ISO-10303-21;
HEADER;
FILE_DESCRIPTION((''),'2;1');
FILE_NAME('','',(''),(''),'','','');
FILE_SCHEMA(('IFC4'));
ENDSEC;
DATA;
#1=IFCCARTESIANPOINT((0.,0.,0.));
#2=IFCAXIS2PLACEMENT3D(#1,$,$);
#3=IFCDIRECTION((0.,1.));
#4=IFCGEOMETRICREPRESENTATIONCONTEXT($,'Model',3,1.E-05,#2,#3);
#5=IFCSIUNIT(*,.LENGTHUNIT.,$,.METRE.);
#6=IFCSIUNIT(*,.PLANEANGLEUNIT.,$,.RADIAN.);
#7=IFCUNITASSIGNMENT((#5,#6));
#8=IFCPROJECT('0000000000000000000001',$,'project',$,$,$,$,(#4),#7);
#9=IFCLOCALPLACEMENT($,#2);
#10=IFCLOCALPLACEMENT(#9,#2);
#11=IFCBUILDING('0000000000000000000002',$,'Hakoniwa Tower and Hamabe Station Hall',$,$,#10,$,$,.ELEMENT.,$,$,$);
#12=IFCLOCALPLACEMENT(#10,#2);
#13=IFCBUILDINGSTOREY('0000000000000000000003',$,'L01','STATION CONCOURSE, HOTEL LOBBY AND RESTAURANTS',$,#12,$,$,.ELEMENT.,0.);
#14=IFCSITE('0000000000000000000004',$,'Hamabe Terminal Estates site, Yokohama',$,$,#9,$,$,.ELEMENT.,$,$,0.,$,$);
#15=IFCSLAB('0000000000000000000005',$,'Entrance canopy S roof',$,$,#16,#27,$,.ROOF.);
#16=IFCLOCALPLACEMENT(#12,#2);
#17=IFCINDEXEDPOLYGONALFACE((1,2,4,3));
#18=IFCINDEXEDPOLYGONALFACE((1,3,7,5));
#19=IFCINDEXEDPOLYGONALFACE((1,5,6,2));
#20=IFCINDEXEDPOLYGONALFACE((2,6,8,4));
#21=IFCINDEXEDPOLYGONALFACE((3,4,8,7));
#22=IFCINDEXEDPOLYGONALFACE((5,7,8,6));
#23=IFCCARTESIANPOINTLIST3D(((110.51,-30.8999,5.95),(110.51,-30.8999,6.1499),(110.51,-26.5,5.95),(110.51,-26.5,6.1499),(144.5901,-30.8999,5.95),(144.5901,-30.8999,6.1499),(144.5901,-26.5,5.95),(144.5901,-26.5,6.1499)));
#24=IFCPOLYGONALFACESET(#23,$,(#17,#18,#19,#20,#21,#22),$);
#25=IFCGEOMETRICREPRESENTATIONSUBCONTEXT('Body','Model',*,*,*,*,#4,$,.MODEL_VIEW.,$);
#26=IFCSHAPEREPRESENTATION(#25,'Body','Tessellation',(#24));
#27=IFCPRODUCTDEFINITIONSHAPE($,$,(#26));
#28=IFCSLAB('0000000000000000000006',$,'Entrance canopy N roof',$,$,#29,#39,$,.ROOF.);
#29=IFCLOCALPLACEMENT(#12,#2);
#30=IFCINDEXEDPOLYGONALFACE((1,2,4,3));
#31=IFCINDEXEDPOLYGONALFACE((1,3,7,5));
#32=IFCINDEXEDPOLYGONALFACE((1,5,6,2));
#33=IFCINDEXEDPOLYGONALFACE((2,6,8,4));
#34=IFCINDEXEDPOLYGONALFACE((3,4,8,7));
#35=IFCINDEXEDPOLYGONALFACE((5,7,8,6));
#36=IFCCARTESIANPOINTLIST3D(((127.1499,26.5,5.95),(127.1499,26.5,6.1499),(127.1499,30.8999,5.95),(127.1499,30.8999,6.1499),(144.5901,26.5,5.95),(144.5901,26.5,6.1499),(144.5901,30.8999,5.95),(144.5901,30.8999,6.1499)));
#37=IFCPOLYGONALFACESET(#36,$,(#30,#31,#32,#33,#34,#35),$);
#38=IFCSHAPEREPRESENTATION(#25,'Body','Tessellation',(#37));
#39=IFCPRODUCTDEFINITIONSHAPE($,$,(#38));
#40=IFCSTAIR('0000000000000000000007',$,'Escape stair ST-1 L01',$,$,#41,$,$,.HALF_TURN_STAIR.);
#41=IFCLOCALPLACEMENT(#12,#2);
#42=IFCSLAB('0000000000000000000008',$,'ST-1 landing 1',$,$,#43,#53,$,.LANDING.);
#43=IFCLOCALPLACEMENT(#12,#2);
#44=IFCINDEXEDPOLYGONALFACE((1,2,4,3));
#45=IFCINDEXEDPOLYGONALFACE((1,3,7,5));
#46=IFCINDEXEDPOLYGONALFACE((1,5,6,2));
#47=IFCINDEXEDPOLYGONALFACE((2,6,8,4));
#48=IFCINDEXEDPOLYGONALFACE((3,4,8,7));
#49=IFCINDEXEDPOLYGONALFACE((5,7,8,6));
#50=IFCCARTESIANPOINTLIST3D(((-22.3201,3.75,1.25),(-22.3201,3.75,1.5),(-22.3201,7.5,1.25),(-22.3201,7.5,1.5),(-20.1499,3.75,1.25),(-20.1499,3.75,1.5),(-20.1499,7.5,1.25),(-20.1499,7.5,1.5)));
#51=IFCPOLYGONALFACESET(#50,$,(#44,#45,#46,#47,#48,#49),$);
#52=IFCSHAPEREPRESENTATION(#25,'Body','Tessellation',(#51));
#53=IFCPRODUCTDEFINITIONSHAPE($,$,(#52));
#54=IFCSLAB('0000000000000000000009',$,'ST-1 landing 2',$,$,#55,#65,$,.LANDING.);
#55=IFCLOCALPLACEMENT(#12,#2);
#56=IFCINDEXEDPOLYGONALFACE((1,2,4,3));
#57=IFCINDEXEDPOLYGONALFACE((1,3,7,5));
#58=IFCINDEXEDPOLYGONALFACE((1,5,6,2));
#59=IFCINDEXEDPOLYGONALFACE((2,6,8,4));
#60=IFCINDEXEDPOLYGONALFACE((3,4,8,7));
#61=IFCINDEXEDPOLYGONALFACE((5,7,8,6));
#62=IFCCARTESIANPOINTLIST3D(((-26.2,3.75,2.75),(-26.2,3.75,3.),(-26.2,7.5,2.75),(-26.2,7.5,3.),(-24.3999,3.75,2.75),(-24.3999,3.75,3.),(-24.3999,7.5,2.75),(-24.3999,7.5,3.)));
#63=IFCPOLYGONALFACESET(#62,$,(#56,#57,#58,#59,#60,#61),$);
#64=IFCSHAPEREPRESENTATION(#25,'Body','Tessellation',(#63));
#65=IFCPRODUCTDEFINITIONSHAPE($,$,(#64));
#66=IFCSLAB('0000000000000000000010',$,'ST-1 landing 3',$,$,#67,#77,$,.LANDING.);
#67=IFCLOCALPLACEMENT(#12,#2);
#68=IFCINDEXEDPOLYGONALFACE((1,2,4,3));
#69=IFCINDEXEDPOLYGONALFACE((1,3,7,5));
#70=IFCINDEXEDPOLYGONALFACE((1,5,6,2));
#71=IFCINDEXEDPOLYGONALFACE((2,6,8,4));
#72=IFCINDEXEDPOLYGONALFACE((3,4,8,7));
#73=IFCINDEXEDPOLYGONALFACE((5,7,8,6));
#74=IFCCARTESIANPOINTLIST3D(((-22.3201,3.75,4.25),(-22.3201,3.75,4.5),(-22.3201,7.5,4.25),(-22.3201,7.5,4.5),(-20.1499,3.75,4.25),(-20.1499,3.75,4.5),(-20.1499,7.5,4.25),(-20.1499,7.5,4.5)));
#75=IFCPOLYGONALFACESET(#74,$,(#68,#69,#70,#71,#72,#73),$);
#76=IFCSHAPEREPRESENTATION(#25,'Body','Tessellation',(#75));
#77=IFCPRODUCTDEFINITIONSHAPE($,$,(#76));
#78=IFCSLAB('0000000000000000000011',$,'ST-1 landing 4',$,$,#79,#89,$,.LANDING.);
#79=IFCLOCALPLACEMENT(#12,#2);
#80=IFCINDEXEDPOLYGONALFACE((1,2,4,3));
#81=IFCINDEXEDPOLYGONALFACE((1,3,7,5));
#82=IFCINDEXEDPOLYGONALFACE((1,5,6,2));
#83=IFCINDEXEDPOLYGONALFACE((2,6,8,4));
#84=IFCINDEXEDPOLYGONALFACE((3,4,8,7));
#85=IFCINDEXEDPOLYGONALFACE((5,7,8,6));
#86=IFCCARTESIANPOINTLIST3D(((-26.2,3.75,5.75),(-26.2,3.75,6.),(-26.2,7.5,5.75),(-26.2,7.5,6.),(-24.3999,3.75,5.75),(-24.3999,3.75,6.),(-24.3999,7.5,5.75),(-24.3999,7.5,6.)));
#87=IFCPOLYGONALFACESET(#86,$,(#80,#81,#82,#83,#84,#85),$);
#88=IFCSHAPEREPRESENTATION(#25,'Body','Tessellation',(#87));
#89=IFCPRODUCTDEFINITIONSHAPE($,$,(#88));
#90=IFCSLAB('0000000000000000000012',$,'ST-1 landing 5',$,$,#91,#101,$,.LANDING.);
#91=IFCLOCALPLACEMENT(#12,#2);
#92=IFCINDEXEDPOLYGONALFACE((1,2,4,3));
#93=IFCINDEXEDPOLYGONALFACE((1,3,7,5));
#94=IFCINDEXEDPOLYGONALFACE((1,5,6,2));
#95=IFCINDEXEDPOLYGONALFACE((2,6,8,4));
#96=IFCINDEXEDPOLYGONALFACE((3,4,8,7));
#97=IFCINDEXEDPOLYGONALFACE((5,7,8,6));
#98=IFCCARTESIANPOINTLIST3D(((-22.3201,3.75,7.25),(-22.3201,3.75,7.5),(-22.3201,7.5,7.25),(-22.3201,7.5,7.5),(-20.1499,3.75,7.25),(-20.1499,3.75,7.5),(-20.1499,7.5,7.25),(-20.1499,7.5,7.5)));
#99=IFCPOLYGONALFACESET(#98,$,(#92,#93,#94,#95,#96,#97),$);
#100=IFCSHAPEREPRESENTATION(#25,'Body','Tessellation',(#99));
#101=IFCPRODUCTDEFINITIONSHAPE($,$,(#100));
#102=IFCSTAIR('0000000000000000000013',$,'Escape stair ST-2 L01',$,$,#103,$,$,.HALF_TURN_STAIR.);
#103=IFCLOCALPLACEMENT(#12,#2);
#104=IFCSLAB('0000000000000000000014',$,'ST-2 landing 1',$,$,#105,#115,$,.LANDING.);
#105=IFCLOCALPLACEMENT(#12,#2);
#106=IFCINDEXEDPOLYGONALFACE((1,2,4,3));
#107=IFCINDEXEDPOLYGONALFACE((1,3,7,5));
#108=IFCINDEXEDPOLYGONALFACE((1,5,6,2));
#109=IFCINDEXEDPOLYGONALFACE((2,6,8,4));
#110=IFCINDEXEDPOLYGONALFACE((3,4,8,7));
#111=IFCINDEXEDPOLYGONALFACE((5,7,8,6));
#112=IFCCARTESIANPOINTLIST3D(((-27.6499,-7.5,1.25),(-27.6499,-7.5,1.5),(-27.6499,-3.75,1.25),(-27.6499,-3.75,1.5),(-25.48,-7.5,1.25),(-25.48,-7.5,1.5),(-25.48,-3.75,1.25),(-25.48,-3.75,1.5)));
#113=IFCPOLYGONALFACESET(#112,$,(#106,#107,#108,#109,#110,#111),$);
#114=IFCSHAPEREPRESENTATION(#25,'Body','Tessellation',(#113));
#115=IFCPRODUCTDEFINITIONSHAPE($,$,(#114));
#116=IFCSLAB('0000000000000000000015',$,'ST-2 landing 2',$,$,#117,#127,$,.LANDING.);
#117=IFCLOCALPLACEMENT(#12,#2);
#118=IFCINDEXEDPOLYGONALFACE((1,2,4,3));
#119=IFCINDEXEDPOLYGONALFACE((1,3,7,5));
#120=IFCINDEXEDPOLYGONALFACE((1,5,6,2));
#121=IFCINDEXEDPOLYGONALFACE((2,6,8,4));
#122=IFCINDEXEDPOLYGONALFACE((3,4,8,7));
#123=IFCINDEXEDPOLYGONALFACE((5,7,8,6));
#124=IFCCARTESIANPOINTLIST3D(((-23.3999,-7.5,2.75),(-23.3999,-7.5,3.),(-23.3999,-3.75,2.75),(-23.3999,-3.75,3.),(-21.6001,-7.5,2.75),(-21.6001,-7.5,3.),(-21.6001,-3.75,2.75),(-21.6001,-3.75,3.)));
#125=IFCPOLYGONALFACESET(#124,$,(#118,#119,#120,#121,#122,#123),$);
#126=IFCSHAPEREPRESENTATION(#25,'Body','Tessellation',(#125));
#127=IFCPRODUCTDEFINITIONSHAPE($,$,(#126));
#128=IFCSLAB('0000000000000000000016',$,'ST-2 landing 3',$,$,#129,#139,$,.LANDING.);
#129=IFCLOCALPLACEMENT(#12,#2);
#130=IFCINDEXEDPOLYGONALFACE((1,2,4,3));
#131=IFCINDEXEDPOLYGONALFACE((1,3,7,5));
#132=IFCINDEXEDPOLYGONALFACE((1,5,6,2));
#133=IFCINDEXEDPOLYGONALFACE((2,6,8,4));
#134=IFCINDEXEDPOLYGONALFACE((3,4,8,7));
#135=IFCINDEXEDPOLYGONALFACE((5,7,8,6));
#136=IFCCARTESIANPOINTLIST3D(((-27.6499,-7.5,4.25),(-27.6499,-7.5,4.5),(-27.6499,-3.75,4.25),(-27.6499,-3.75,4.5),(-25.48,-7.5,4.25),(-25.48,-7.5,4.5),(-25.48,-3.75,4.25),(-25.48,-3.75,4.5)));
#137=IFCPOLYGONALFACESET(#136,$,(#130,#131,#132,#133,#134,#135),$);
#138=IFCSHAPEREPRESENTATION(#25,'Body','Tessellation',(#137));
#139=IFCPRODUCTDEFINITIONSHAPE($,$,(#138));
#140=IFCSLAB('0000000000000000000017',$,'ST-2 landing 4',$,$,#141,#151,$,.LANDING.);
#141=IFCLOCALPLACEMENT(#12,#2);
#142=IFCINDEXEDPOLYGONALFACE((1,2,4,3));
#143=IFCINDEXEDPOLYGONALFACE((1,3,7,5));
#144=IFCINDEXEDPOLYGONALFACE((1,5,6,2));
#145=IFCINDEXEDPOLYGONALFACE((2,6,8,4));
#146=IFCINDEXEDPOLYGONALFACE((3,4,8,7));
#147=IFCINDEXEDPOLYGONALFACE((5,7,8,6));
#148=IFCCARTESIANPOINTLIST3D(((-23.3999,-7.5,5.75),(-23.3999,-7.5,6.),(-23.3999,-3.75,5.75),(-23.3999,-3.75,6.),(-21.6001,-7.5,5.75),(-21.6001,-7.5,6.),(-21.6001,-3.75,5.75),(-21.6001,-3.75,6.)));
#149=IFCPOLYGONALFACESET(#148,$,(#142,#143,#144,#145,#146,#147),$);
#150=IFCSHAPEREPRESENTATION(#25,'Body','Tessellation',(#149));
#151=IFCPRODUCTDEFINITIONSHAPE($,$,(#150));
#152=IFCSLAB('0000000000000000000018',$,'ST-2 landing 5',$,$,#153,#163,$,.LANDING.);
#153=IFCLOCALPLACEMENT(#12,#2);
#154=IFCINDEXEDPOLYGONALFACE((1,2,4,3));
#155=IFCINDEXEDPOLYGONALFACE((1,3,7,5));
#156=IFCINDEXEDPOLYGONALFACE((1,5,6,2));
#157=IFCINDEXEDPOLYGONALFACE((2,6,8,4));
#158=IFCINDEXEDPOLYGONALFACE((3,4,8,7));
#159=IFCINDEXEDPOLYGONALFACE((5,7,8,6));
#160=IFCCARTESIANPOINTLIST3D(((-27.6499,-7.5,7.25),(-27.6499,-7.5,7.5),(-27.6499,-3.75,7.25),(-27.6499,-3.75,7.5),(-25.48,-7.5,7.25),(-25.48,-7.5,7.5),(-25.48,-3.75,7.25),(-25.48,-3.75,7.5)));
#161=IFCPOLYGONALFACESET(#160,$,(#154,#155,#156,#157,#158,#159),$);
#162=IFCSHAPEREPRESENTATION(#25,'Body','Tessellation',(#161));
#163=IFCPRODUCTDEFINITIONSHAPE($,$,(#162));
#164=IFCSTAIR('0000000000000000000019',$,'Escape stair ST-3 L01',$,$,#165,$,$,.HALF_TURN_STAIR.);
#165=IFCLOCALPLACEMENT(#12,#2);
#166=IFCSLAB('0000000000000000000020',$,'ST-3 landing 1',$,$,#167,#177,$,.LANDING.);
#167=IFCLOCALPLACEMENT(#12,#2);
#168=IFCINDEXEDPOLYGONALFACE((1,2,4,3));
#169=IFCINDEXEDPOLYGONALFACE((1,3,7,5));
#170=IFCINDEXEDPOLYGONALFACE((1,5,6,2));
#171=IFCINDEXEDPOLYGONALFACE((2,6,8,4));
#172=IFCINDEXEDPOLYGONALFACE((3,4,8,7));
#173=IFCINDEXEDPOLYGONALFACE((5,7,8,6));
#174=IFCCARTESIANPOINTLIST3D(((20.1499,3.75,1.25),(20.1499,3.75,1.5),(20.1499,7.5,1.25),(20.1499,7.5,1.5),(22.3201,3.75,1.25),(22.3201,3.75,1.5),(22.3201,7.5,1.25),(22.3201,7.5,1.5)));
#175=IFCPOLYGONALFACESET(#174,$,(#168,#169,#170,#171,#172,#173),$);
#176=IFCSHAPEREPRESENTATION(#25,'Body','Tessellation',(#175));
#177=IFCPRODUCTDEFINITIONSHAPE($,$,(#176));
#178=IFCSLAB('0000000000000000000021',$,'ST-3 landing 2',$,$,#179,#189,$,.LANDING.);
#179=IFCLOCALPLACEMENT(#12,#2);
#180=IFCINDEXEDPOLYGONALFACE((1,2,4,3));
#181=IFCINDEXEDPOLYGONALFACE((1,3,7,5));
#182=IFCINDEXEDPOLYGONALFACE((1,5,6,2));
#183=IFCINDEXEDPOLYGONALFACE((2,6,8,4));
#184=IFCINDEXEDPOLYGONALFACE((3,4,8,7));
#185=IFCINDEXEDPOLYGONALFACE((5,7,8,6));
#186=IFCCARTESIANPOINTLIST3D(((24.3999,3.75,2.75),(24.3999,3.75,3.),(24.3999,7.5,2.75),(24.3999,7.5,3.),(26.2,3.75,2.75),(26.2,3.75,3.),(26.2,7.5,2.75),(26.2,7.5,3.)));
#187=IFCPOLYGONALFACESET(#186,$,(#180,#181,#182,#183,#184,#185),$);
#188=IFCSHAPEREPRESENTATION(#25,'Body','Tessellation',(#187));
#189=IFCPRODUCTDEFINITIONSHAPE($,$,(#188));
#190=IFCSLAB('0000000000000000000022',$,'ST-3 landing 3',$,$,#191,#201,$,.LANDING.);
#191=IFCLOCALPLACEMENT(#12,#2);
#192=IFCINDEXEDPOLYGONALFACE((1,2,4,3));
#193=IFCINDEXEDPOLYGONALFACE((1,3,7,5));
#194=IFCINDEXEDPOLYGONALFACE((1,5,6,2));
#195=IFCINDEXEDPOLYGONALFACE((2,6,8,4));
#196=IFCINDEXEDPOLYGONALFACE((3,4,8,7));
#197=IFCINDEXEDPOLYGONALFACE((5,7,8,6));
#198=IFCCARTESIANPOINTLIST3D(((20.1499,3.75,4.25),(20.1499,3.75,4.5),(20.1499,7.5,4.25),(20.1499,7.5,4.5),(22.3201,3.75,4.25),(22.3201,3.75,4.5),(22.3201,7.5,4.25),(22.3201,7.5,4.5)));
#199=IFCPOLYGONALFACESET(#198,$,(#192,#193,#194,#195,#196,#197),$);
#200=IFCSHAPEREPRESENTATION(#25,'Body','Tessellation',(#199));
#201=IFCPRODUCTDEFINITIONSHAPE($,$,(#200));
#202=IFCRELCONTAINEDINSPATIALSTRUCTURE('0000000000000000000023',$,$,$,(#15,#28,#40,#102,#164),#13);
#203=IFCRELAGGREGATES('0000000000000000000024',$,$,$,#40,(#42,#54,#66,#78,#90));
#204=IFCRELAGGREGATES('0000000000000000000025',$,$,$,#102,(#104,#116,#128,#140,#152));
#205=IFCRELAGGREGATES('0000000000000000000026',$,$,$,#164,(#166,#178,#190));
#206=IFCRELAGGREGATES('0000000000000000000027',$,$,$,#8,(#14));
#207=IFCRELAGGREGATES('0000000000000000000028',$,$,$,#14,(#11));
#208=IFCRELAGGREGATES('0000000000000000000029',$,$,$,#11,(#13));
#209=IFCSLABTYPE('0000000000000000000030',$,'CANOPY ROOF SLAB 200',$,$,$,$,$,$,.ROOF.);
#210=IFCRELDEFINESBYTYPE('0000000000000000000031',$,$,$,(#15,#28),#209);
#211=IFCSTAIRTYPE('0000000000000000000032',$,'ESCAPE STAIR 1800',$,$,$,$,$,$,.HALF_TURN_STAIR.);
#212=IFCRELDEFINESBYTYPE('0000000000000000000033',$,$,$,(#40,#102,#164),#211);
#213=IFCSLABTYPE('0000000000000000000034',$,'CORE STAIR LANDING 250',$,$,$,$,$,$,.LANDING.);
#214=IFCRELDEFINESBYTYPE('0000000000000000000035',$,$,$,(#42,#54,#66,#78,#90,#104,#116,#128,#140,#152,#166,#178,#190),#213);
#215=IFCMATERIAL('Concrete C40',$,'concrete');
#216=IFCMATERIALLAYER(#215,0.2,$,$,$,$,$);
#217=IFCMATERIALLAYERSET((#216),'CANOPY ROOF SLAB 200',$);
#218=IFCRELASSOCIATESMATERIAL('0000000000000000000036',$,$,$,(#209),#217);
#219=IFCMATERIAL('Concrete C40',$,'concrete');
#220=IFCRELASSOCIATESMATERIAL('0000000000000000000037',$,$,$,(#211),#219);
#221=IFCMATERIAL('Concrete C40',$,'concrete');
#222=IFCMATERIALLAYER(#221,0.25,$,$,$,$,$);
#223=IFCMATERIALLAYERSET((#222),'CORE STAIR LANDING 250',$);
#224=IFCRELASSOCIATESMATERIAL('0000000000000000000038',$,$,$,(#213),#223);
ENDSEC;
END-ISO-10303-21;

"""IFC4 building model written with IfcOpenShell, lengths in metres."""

from ifc_helpers import new_model, si_unit, direction, frame, origin, place, context, subcontext, project, spatial, polyline, outline, extrude, material, layer, layer_set, type_object, element, aggregate, save


model = new_model("IFC4")

# Units and contexts
model_context = context("Model", 3, precision=1e-05, world=origin(), true_north=direction((0.0, 1.0)))
body_context = subcontext(model_context, "Body", "Model", "MODEL_VIEW")
ifc_project = project(units=[si_unit("LENGTHUNIT", "METRE"), si_unit("PLANEANGLEUNIT", "RADIAN")], contexts=[model_context])

# Site, building, storey
site_placement = place(None, origin())
site = spatial("IfcSite", under=ifc_project, at=site_placement, Name="Hamabe Terminal Estates site, Yokohama", CompositionType="ELEMENT", RefElevation=0.0)
building_placement = place(site_placement, origin())
building = spatial("IfcBuilding", under=site, at=building_placement, Name="Hakoniwa Tower and Hamabe Station Hall", CompositionType="ELEMENT")
storey_placement = place(building_placement, origin())
storey = spatial("IfcBuildingStorey", under=building, at=storey_placement, Name="L01", Description="STATION CONCOURSE, HOTEL LOBBY AND RESTAURANTS", CompositionType="ELEMENT", Elevation=0.0)

# Slabs
ifc_material_1 = material(Name="Concrete C40", Category="concrete")
ifc_layer_1 = layer(ifc_material_1, 0.2)
ifc_layer_set_1 = layer_set([ifc_layer_1], Name="CANOPY ROOF SLAB 200")
slab_type_1 = type_object("IfcSlabType", Name="CANOPY ROOF SLAB 200", PredefinedType="ROOF", material=ifc_layer_set_1)
slab_1_placement = place(storey_placement, frame((0.0, 0.0, 5.95)))
element("IfcSlab", 1, at=slab_1_placement, inside=storey, type_object=slab_type_1, Name="Entrance canopy S roof", PredefinedType="ROOF", context=body_context, shape_type="SweptSolid", body=[
    extrude(outline(polyline([(144.5901, -30.8999), (144.5901, -26.5), (110.51, -26.5), (110.51, -30.8999), (144.5901, -30.8999)])), origin(), (0.0, 0.0, 1.0), 0.2),
])
slab_2_placement = place(storey_placement, frame((0.0, 0.0, 5.95)))
element("IfcSlab", 2, at=slab_2_placement, inside=storey, type_object=slab_type_1, Name="Entrance canopy N roof", PredefinedType="ROOF", context=body_context, shape_type="SweptSolid", body=[
    extrude(outline(polyline([(144.5901, 26.5), (144.5901, 30.8999), (127.1499, 30.8999), (127.1499, 26.5), (144.5901, 26.5)])), origin(), (0.0, 0.0, 1.0), 0.2),
])

# Stairs, slabs
ifc_material_2 = material(Name="Concrete C40", Category="concrete")
stair_type_1 = type_object("IfcStairType", Name="ESCAPE STAIR 1800", PredefinedType="HALF_TURN_STAIR", material=ifc_material_2)
stair_1_placement = place(storey_placement, origin())
stair_1 = element("IfcStair", 3, at=stair_1_placement, inside=storey, type_object=stair_type_1, Name="Escape stair ST-1 L01", PredefinedType="HALF_TURN_STAIR")
ifc_material_3 = material(Name="Concrete C40", Category="concrete")
ifc_layer_2 = layer(ifc_material_3, 0.25)
ifc_layer_set_2 = layer_set([ifc_layer_2], Name="CORE STAIR LANDING 250")
slab_type_2 = type_object("IfcSlabType", Name="CORE STAIR LANDING 250", PredefinedType="LANDING", material=ifc_layer_set_2)
slab_3_placement = place(storey_placement, frame((0.0, 0.0, 1.25)))
slab_3 = element("IfcSlab", 4, at=slab_3_placement, type_object=slab_type_2, Name="ST-1 landing 1", PredefinedType="LANDING", context=body_context, shape_type="SweptSolid", body=[
    extrude(outline(polyline([(-22.3201, 3.75), (-20.1499, 3.75), (-20.1499, 7.5), (-22.3201, 7.5), (-22.3201, 3.75)])), origin(), (0.0, 0.0, 1.0), 0.25),
])
slab_4_placement = place(storey_placement, frame((0.0, 0.0, 2.75)))
slab_4 = element("IfcSlab", 5, at=slab_4_placement, type_object=slab_type_2, Name="ST-1 landing 2", PredefinedType="LANDING", context=body_context, shape_type="SweptSolid", body=[
    extrude(outline(polyline([(-26.2, 3.75), (-24.3999, 3.75), (-24.3999, 7.5), (-26.2, 7.5), (-26.2, 3.75)])), origin(), (0.0, 0.0, 1.0), 0.25),
])
slab_5_placement = place(storey_placement, frame((0.0, 0.0, 4.25)))
slab_5 = element("IfcSlab", 6, at=slab_5_placement, type_object=slab_type_2, Name="ST-1 landing 3", PredefinedType="LANDING", context=body_context, shape_type="SweptSolid", body=[
    extrude(outline(polyline([(-22.3201, 3.75), (-20.1499, 3.75), (-20.1499, 7.5), (-22.3201, 7.5), (-22.3201, 3.75)])), origin(), (0.0, 0.0, 1.0), 0.25),
])
slab_6_placement = place(storey_placement, frame((0.0, 0.0, 5.75)))
slab_6 = element("IfcSlab", 7, at=slab_6_placement, type_object=slab_type_2, Name="ST-1 landing 4", PredefinedType="LANDING", context=body_context, shape_type="SweptSolid", body=[
    extrude(outline(polyline([(-26.2, 3.75), (-24.3999, 3.75), (-24.3999, 7.5), (-26.2, 7.5), (-26.2, 3.75)])), origin(), (0.0, 0.0, 1.0), 0.25),
])
slab_7_placement = place(storey_placement, frame((0.0, 0.0, 7.25)))
slab_7 = element("IfcSlab", 8, at=slab_7_placement, type_object=slab_type_2, Name="ST-1 landing 5", PredefinedType="LANDING", context=body_context, shape_type="SweptSolid", body=[
    extrude(outline(polyline([(-22.3201, 3.75), (-20.1499, 3.75), (-20.1499, 7.5), (-22.3201, 7.5), (-22.3201, 3.75)])), origin(), (0.0, 0.0, 1.0), 0.25),
])
aggregate(stair_1, [slab_3, slab_4, slab_5, slab_6, slab_7])
stair_2_placement = place(storey_placement, origin())
stair_2 = element("IfcStair", 9, at=stair_2_placement, inside=storey, type_object=stair_type_1, Name="Escape stair ST-2 L01", PredefinedType="HALF_TURN_STAIR")
slab_8_placement = place(storey_placement, frame((0.0, 0.0, 1.25)))
slab_8 = element("IfcSlab", 10, at=slab_8_placement, type_object=slab_type_2, Name="ST-2 landing 1", PredefinedType="LANDING", context=body_context, shape_type="SweptSolid", body=[
    extrude(outline(polyline([(-25.48, -7.5), (-27.6499, -7.5), (-27.6499, -3.75), (-25.48, -3.75), (-25.48, -7.5)])), origin(), (0.0, 0.0, 1.0), 0.25),
])
slab_9_placement = place(storey_placement, frame((0.0, 0.0, 2.75)))
slab_9 = element("IfcSlab", 11, at=slab_9_placement, type_object=slab_type_2, Name="ST-2 landing 2", PredefinedType="LANDING", context=body_context, shape_type="SweptSolid", body=[
    extrude(outline(polyline([(-21.6001, -7.5), (-23.3999, -7.5), (-23.3999, -3.75), (-21.6001, -3.75), (-21.6001, -7.5)])), origin(), (0.0, 0.0, 1.0), 0.25),
])
slab_10_placement = place(storey_placement, frame((0.0, 0.0, 4.25)))
slab_10 = element("IfcSlab", 12, at=slab_10_placement, type_object=slab_type_2, Name="ST-2 landing 3", PredefinedType="LANDING", context=body_context, shape_type="SweptSolid", body=[
    extrude(outline(polyline([(-25.48, -7.5), (-27.6499, -7.5), (-27.6499, -3.75), (-25.48, -3.75), (-25.48, -7.5)])), origin(), (0.0, 0.0, 1.0), 0.25),
])
slab_11_placement = place(storey_placement, frame((0.0, 0.0, 5.75)))
slab_11 = element("IfcSlab", 13, at=slab_11_placement, type_object=slab_type_2, Name="ST-2 landing 4", PredefinedType="LANDING", context=body_context, shape_type="SweptSolid", body=[
    extrude(outline(polyline([(-21.6001, -7.5), (-23.3999, -7.5), (-23.3999, -3.75), (-21.6001, -3.75), (-21.6001, -7.5)])), origin(), (0.0, 0.0, 1.0), 0.25),
])
slab_12_placement = place(storey_placement, frame((0.0, 0.0, 7.25)))
slab_12 = element("IfcSlab", 14, at=slab_12_placement, type_object=slab_type_2, Name="ST-2 landing 5", PredefinedType="LANDING", context=body_context, shape_type="SweptSolid", body=[
    extrude(outline(polyline([(-25.48, -7.5), (-27.6499, -7.5), (-27.6499, -3.75), (-25.48, -3.75), (-25.48, -7.5)])), origin(), (0.0, 0.0, 1.0), 0.25),
])
aggregate(stair_2, [slab_8, slab_9, slab_10, slab_11, slab_12])
stair_3_placement = place(storey_placement, origin())
stair_3 = element("IfcStair", 15, at=stair_3_placement, inside=storey, type_object=stair_type_1, Name="Escape stair ST-3 L01", PredefinedType="HALF_TURN_STAIR")
slab_13_placement = place(storey_placement, frame((0.0, 0.0, 1.25)))
slab_13 = element("IfcSlab", 16, at=slab_13_placement, type_object=slab_type_2, Name="ST-3 landing 1", PredefinedType="LANDING", context=body_context, shape_type="SweptSolid", body=[
    extrude(outline(polyline([(22.3201, 3.75), (20.1499, 3.75), (20.1499, 7.5), (22.3201, 7.5), (22.3201, 3.75)])), origin(), (0.0, 0.0, 1.0), 0.25),
])
slab_14_placement = place(storey_placement, frame((0.0, 0.0, 2.75)))
slab_14 = element("IfcSlab", 17, at=slab_14_placement, type_object=slab_type_2, Name="ST-3 landing 2", PredefinedType="LANDING", context=body_context, shape_type="SweptSolid", body=[
    extrude(outline(polyline([(26.2, 3.75), (24.3999, 3.75), (24.3999, 7.5), (26.2, 7.5), (26.2, 3.75)])), origin(), (0.0, 0.0, 1.0), 0.25),
])
slab_15_placement = place(storey_placement, frame((0.0, 0.0, 4.25)))
slab_15 = element("IfcSlab", 18, at=slab_15_placement, type_object=slab_type_2, Name="ST-3 landing 3", PredefinedType="LANDING", context=body_context, shape_type="SweptSolid", body=[
    extrude(outline(polyline([(22.3201, 3.75), (20.1499, 3.75), (20.1499, 7.5), (22.3201, 7.5), (22.3201, 3.75)])), origin(), (0.0, 0.0, 1.0), 0.25),
])
aggregate(stair_3, [slab_13, slab_14, slab_15])

save(model, "model.ifc")
